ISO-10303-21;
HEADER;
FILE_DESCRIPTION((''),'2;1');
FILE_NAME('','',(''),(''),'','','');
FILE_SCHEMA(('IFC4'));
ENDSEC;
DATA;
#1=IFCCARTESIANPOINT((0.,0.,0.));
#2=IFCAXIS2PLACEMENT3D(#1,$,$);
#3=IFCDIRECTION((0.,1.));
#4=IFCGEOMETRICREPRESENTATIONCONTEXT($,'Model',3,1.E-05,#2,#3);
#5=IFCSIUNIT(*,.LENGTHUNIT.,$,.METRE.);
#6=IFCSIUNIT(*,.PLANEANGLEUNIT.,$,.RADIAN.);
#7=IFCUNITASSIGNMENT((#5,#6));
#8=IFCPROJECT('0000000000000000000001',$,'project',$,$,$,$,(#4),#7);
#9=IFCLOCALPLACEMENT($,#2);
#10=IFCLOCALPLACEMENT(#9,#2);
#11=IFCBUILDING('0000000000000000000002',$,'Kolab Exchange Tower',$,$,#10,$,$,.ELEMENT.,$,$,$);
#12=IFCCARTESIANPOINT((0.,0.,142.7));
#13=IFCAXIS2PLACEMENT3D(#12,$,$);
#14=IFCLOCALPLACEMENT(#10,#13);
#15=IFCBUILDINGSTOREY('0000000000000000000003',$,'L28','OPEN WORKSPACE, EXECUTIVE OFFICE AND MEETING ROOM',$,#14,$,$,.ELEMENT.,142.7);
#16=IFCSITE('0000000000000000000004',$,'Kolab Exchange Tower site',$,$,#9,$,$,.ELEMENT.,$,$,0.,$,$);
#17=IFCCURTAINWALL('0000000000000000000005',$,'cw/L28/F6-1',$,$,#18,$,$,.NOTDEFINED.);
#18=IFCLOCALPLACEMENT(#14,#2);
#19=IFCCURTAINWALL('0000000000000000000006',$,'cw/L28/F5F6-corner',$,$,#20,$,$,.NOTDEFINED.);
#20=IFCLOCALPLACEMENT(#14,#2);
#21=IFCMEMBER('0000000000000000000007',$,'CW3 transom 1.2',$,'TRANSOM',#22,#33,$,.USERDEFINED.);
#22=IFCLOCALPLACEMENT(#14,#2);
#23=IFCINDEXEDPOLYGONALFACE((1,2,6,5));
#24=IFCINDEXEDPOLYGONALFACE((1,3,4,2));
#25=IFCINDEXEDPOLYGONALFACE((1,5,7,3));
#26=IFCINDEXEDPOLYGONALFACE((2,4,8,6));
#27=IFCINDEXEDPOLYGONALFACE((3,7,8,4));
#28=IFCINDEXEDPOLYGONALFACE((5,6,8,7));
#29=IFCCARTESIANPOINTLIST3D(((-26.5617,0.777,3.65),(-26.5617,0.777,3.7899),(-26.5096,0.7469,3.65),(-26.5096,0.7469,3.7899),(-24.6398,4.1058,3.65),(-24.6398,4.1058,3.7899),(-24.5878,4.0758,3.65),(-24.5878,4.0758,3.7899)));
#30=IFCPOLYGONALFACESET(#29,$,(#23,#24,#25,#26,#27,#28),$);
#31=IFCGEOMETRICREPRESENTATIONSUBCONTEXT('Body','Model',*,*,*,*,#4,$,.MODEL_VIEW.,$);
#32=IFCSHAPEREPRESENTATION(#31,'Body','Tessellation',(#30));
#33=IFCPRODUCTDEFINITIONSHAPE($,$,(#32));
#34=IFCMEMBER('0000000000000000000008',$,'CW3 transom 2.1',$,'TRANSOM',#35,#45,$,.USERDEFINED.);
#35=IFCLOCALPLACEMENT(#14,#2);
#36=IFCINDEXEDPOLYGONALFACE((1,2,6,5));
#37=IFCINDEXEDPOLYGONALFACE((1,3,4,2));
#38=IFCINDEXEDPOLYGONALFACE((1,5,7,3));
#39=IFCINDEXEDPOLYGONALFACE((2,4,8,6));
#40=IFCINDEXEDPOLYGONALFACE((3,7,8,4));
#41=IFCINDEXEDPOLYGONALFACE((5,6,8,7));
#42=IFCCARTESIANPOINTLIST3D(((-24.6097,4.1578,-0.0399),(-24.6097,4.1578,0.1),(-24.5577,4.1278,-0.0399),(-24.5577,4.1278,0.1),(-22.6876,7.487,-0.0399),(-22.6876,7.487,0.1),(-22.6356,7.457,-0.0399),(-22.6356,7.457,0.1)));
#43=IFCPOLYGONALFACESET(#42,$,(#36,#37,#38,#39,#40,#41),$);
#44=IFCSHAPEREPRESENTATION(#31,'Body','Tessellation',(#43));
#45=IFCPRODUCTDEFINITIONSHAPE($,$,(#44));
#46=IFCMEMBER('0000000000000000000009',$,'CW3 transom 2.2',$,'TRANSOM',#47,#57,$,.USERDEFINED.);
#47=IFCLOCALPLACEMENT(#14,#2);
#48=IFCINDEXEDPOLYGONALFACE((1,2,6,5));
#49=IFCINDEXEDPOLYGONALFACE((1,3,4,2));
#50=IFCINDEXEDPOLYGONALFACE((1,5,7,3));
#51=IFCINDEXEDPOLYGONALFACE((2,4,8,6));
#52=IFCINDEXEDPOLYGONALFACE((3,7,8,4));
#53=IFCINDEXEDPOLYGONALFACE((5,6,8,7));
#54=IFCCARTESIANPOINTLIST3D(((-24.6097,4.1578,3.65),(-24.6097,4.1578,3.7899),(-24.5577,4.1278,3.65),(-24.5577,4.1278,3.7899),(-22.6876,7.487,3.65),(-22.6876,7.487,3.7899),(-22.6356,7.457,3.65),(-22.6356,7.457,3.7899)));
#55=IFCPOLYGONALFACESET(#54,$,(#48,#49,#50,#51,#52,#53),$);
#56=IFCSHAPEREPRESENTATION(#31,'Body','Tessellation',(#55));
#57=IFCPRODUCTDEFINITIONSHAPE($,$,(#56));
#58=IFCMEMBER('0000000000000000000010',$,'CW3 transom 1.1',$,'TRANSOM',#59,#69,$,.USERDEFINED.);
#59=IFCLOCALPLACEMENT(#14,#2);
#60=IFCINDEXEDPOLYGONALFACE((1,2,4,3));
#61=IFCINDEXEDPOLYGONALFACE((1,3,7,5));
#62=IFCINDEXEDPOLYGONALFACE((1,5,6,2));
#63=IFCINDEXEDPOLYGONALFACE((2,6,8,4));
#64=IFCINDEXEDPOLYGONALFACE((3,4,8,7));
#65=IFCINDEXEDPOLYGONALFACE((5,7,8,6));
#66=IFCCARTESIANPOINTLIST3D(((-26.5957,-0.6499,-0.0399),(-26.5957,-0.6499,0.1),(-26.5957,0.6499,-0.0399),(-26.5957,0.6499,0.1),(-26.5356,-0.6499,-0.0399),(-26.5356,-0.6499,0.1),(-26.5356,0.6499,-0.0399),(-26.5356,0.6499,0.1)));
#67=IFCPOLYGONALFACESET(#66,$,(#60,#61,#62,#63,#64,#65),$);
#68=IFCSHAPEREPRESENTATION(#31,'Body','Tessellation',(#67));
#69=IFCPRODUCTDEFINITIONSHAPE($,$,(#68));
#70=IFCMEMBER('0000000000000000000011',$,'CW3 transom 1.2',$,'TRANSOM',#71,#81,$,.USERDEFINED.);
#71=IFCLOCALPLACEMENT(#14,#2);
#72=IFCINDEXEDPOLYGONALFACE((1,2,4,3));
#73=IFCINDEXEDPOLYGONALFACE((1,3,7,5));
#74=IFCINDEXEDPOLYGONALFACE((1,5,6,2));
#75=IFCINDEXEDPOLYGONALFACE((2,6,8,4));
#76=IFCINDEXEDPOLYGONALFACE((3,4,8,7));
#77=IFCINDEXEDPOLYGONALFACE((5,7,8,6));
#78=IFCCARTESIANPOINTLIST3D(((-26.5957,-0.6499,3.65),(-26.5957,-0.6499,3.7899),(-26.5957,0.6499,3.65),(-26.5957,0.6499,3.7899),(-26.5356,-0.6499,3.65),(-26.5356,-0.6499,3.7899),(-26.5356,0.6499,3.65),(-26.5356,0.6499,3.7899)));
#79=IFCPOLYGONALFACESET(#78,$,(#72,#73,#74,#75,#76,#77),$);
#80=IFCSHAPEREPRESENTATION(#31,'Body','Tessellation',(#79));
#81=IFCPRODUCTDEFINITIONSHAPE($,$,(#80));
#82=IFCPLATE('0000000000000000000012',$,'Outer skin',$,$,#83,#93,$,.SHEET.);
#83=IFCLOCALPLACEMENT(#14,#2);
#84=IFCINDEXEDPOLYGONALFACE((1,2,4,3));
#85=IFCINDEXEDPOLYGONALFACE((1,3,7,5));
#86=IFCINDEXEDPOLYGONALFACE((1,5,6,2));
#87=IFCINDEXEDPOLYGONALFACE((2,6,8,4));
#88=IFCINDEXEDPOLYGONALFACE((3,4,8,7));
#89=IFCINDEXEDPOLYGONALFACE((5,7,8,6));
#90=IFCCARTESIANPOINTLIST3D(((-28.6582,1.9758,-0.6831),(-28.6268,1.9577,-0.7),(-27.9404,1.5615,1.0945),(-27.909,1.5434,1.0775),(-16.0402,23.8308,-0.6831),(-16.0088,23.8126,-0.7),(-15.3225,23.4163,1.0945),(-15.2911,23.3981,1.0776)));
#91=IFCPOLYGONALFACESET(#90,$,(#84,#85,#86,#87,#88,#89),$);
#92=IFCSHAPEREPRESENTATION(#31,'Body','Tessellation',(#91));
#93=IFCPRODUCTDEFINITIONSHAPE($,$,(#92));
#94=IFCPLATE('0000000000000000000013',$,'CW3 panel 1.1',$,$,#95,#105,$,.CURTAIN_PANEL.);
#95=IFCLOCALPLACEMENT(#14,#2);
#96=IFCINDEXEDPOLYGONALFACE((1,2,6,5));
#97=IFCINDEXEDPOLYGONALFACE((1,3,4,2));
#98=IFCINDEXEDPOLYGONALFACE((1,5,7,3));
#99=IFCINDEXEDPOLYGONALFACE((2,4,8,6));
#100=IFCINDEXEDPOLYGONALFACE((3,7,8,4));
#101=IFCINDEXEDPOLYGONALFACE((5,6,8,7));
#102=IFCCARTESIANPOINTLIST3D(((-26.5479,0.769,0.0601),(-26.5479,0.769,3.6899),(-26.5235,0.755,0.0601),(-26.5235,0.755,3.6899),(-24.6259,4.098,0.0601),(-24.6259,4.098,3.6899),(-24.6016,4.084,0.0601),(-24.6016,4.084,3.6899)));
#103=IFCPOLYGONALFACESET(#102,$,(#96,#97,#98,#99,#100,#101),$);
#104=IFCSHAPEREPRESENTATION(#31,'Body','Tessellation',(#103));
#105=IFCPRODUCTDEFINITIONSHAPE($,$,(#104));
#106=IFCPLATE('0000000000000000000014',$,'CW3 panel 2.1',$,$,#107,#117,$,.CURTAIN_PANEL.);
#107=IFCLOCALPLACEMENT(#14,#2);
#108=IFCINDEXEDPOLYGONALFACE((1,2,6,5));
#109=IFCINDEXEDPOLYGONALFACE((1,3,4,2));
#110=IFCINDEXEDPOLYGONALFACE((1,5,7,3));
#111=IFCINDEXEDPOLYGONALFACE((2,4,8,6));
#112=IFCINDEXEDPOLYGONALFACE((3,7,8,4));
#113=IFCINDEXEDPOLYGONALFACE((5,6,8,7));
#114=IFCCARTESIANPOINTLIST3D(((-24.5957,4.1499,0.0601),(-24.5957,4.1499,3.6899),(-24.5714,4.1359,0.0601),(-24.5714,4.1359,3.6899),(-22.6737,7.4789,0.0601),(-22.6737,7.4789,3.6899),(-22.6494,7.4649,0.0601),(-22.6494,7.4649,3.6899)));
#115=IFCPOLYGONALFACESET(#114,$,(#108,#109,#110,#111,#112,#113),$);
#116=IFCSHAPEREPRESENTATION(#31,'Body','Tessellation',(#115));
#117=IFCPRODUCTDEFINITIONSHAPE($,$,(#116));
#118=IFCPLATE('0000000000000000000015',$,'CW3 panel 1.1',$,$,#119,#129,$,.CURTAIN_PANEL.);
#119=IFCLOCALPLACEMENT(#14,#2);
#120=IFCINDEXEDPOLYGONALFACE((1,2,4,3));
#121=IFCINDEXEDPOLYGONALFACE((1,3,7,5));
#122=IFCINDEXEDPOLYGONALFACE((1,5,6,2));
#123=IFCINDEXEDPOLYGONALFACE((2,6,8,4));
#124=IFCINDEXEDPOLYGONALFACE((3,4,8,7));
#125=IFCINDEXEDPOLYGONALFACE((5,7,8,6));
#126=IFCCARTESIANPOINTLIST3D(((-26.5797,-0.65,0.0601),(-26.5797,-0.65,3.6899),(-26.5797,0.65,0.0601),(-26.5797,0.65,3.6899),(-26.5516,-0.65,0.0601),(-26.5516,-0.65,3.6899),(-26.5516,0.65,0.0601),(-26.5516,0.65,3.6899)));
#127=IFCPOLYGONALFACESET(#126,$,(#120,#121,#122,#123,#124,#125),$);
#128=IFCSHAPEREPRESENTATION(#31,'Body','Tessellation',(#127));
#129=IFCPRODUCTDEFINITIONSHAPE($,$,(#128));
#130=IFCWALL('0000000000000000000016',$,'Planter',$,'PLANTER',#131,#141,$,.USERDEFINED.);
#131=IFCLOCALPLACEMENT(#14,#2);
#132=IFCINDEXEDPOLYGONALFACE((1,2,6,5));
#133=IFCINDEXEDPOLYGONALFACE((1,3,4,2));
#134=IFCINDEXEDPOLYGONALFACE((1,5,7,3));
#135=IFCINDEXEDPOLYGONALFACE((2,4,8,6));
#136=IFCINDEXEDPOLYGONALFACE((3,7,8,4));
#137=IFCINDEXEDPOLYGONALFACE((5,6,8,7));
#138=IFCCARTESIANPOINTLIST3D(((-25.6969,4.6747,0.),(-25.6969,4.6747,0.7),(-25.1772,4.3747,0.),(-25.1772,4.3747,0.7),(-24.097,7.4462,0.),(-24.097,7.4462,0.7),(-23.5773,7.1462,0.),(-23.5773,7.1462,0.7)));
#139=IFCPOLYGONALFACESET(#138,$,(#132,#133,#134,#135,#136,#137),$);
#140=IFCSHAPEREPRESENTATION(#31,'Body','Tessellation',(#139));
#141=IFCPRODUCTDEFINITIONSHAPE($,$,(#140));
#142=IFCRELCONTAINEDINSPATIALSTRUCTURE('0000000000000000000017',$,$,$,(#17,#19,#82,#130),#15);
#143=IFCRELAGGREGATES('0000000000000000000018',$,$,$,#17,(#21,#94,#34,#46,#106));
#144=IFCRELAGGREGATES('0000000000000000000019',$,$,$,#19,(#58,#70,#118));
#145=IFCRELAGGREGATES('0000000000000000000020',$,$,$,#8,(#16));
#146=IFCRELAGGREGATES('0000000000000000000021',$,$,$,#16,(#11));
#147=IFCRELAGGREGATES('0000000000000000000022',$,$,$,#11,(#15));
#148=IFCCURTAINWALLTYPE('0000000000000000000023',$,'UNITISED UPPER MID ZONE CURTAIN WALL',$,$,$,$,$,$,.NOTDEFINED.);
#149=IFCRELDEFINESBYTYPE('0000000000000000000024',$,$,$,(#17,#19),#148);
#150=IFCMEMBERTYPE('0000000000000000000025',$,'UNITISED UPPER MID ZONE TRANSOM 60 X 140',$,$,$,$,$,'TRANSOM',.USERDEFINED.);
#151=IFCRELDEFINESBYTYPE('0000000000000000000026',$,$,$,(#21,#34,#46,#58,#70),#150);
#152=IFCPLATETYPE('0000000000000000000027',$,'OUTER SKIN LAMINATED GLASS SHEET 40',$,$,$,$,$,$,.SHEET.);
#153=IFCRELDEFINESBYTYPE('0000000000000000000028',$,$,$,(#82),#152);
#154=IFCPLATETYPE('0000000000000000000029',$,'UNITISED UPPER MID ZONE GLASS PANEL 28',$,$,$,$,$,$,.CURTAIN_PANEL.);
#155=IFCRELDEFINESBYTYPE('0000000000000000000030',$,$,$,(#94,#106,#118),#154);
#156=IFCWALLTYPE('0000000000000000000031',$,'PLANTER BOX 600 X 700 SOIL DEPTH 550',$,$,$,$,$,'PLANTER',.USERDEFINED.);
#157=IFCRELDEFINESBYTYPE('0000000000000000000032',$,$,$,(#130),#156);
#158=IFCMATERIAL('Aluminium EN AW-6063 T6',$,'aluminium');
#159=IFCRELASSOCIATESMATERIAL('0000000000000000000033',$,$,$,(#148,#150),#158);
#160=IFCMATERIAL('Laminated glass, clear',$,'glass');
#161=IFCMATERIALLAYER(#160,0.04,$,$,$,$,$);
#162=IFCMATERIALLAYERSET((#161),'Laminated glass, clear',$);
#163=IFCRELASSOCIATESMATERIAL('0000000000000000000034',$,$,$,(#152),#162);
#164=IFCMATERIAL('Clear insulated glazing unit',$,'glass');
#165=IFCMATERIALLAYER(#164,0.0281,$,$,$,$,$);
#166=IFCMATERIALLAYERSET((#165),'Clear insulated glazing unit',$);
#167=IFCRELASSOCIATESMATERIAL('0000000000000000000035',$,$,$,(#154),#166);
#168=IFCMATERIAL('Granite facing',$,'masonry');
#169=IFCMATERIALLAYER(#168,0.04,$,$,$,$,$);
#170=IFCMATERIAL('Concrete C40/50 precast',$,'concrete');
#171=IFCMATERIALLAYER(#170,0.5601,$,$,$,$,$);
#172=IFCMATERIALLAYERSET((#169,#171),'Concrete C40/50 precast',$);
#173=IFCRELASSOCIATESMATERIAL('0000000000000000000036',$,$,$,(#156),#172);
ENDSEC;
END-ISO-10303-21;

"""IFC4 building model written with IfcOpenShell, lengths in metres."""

from ifc_helpers import new_model, si_unit, direction, frame, frame_2d, origin, origin_2d, place, context, subcontext, project, spatial, polyline, rectangle, outline, extrude, material, layer, layer_set, material_profile, profile_set, type_object, element, aggregate, save


model = new_model("IFC4")

# Units and contexts
model_context = context("Model", 3, precision=1e-05, world=origin(), true_north=direction((0.0, 1.0)))
body_context = subcontext(model_context, "Body", "Model", "MODEL_VIEW")
ifc_project = project(units=[si_unit("LENGTHUNIT", "METRE"), si_unit("PLANEANGLEUNIT", "RADIAN")], contexts=[model_context])

# Site, building, storey
site_placement = place(None, origin())
site = spatial("IfcSite", under=ifc_project, at=site_placement, Name="Kolab Exchange Tower site", CompositionType="ELEMENT", RefElevation=0.0)
building_placement = place(site_placement, origin())
building = spatial("IfcBuilding", under=site, at=building_placement, Name="Kolab Exchange Tower", CompositionType="ELEMENT")
storey_placement = place(building_placement, frame((0.0, 0.0, 142.7)))
storey = spatial("IfcBuildingStorey", under=building, at=storey_placement, Name="L28", Description="OPEN WORKSPACE, EXECUTIVE OFFICE AND MEETING ROOM", CompositionType="ELEMENT", Elevation=142.7)

# Curtain wall
ifc_material_1 = material(Name="Aluminium EN AW-6063 T6", Category="aluminium")
curtain_wall_type = type_object("IfcCurtainWallType", Name="UNITISED UPPER MID ZONE CURTAIN WALL", PredefinedType="NOTDEFINED", material=ifc_material_1)
curtain_wall_1_placement = place(storey_placement, origin())
curtain_wall_1 = element("IfcCurtainWall", 1, at=curtain_wall_1_placement, inside=storey, type_object=curtain_wall_type, Name="cw/L28/F6-1", PredefinedType="NOTDEFINED")

# Curtain wall
curtain_wall_2_placement = place(storey_placement, origin())
curtain_wall_2 = element("IfcCurtainWall", 2, at=curtain_wall_2_placement, inside=storey, type_object=curtain_wall_type, Name="cw/L28/F5F6-corner", PredefinedType="NOTDEFINED")

# Members
ifc_material_profile_1 = material_profile(ifc_material_1, rectangle(XDim=0.0601, YDim=0.1399, at=origin_2d()), Name="RECT 60X140")
ifc_profile_set_1 = profile_set([ifc_material_profile_1], Name="Aluminium EN AW-6063 T6")
member_type_1 = type_object("IfcMemberType", Name="UNITISED UPPER MID ZONE TRANSOM 60 X 140", ElementType="TRANSOM", PredefinedType="USERDEFINED", material=ifc_profile_set_1)
member_1_placement = place(storey_placement, frame((-26.5356, 0.762, 3.72), z_axis=(0.499992, 0.86603, 0.0), x_axis=(-0.86603, 0.499992, 0.0)))
member_1 = element("IfcMember", 3, at=member_1_placement, type_object=member_type_1, Name="CW3 transom 1.2", ObjectType="TRANSOM", PredefinedType="USERDEFINED", context=body_context, shape_type="SweptSolid", body=[
    extrude(rectangle(XDim=0.0601, YDim=0.1399, at=origin_2d()), origin(), (0.0, 0.0, 1.0), 3.8438),
])
member_2_placement = place(storey_placement, frame((-24.5837, 4.1428, 0.03), z_axis=(0.500012, 0.866018, 0.0), x_axis=(-0.866018, 0.500012, 0.0)))
member_2 = element("IfcMember", 4, at=member_2_placement, type_object=member_type_1, Name="CW3 transom 2.1", ObjectType="TRANSOM", PredefinedType="USERDEFINED", context=body_context, shape_type="SweptSolid", body=[
    extrude(rectangle(XDim=0.0601, YDim=0.1399, at=origin_2d()), origin(), (0.0, 0.0, 1.0), 3.8442),
])
member_3_placement = place(storey_placement, frame((-24.5837, 4.1428, 3.72), z_axis=(0.500012, 0.866018, 0.0), x_axis=(-0.866018, 0.500012, 0.0)))
member_3 = element("IfcMember", 5, at=member_3_placement, type_object=member_type_1, Name="CW3 transom 2.2", ObjectType="TRANSOM", PredefinedType="USERDEFINED", context=body_context, shape_type="SweptSolid", body=[
    extrude(rectangle(XDim=0.0601, YDim=0.1399, at=origin_2d()), origin(), (0.0, 0.0, 1.0), 3.8442),
])
member_4_placement = place(storey_placement, frame((-26.5657, -0.6499, 0.03), z_axis=(0.0, 1.0, 0.0), x_axis=(-1.0, 0.0, 0.0)))
member_4 = element("IfcMember", 6, at=member_4_placement, type_object=member_type_1, Name="CW3 transom 1.1", ObjectType="TRANSOM", PredefinedType="USERDEFINED", context=body_context, shape_type="SweptSolid", body=[
    extrude(rectangle(XDim=0.0601, YDim=0.1399, at=origin_2d()), origin(), (0.0, 0.0, 1.0), 1.2998),
])
member_5_placement = place(storey_placement, frame((-26.5657, -0.6499, 3.72), z_axis=(0.0, 1.0, 0.0), x_axis=(-1.0, 0.0, 0.0)))
member_5 = element("IfcMember", 7, at=member_5_placement, type_object=member_type_1, Name="CW3 transom 1.2", ObjectType="TRANSOM", PredefinedType="USERDEFINED", context=body_context, shape_type="SweptSolid", body=[
    extrude(rectangle(XDim=0.0601, YDim=0.1399, at=origin_2d()), origin(), (0.0, 0.0, 1.0), 1.2998),
])

# Plates
ifc_material_2 = material(Name="Laminated glass, clear", Category="glass")
ifc_layer_1 = layer(ifc_material_2, 0.04)
ifc_layer_set_1 = layer_set([ifc_layer_1], Name="Laminated glass, clear")
plate_type_1 = type_object("IfcPlateType", Name="OUTER SKIN LAMINATED GLASS SHEET 40", PredefinedType="SHEET", material=ifc_layer_set_1)
plate_1_placement = place(storey_placement, frame((-28.6582, 1.9758, -0.6831), z_axis=(-0.784899, 0.453162, 0.422585), x_axis=(0.5, 0.866025, -0.000001)))
element("IfcPlate", 8, at=plate_1_placement, inside=storey, type_object=plate_type_1, Name="Outer skin", PredefinedType="SHEET", context=body_context, shape_type="SweptSolid", body=[
    extrude(outline(polyline([(0.0, 0.0), (25.2359, 0.0), (25.2358, -1.9613), (0.0001, -1.9613), (0.0, 0.0)])), origin(), (0.0, 0.0, -1.0), 0.04),
])
ifc_material_3 = material(Name="Clear insulated glazing unit", Category="glass")
ifc_layer_2 = layer(ifc_material_3, 0.0281)
ifc_layer_set_2 = layer_set([ifc_layer_2], Name="Clear insulated glazing unit")
plate_type_2 = type_object("IfcPlateType", Name="UNITISED UPPER MID ZONE GLASS PANEL 28", PredefinedType="CURTAIN_PANEL", material=ifc_layer_set_2)
plate_2_placement = place(storey_placement, frame((-25.5747, 2.4265, 0.0601), z_axis=(0.0, 0.0, 1.0), x_axis=(0.5, 0.866025, 0.0)))
plate_2 = element("IfcPlate", 9, at=plate_2_placement, type_object=plate_type_2, Name="CW3 panel 1.1", PredefinedType="CURTAIN_PANEL", context=body_context, shape_type="SweptSolid", body=[
    extrude(rectangle(XDim=3.844, YDim=0.0281, at=origin_2d()), origin(), (0.0, 0.0, 1.0), 3.6299),
])
plate_3_placement = place(storey_placement, frame((-23.6226, 5.8074, 0.0601), z_axis=(0.0, 0.0, 1.0), x_axis=(0.5, 0.866025, 0.0)))
plate_3 = element("IfcPlate", 10, at=plate_3_placement, type_object=plate_type_2, Name="CW3 panel 2.1", PredefinedType="CURTAIN_PANEL", context=body_context, shape_type="SweptSolid", body=[
    extrude(rectangle(XDim=3.844, YDim=0.0281, at=origin_2d()), origin(), (0.0, 0.0, 1.0), 3.6299),
])
aggregate(curtain_wall_1, [member_1, plate_2, member_2, member_3, plate_3])
plate_4_placement = place(storey_placement, frame((-26.5657, 0.0, 0.0601), z_axis=(0.0, 0.0, 1.0), x_axis=(0.0, 1.0, 0.0)))
plate_4 = element("IfcPlate", 11, at=plate_4_placement, type_object=plate_type_2, Name="CW3 panel 1.1", PredefinedType="CURTAIN_PANEL", context=body_context, shape_type="SweptSolid", body=[
    extrude(rectangle(XDim=1.3, YDim=0.0281, at=origin_2d()), origin(), (0.0, 0.0, 1.0), 3.6299),
])
aggregate(curtain_wall_2, [member_4, member_5, plate_4])

# Wall
ifc_material_4 = material(Name="Granite facing", Category="masonry")
ifc_layer_3 = layer(ifc_material_4, 0.04)
ifc_material_5 = material(Name="Concrete C40/50 precast", Category="concrete")
ifc_layer_4 = layer(ifc_material_5, 0.5601)
ifc_layer_set_3 = layer_set([ifc_layer_3, ifc_layer_4], Name="Concrete C40/50 precast")
wall_type_1 = type_object("IfcWallType", Name="PLANTER BOX 600 X 700 SOIL DEPTH 550", ElementType="PLANTER", PredefinedType="USERDEFINED", material=ifc_layer_set_3)
wall_1_placement = place(storey_placement, frame((-25.437, 4.5247, 0.0), z_axis=(0.0, 0.0, 1.0), x_axis=(0.499938, 0.866061, 0.0)))
element("IfcWall", 12, at=wall_1_placement, inside=storey, type_object=wall_type_1, Name="Planter", ObjectType="PLANTER", PredefinedType="USERDEFINED", context=body_context, shape_type="SweptSolid", body=[
    extrude(rectangle(XDim=3.2002, YDim=0.6001, at=frame_2d((1.6001, 0.0))), origin(), (0.0, 0.0, 1.0), 0.7),
])

save(model, "model.ifc")
